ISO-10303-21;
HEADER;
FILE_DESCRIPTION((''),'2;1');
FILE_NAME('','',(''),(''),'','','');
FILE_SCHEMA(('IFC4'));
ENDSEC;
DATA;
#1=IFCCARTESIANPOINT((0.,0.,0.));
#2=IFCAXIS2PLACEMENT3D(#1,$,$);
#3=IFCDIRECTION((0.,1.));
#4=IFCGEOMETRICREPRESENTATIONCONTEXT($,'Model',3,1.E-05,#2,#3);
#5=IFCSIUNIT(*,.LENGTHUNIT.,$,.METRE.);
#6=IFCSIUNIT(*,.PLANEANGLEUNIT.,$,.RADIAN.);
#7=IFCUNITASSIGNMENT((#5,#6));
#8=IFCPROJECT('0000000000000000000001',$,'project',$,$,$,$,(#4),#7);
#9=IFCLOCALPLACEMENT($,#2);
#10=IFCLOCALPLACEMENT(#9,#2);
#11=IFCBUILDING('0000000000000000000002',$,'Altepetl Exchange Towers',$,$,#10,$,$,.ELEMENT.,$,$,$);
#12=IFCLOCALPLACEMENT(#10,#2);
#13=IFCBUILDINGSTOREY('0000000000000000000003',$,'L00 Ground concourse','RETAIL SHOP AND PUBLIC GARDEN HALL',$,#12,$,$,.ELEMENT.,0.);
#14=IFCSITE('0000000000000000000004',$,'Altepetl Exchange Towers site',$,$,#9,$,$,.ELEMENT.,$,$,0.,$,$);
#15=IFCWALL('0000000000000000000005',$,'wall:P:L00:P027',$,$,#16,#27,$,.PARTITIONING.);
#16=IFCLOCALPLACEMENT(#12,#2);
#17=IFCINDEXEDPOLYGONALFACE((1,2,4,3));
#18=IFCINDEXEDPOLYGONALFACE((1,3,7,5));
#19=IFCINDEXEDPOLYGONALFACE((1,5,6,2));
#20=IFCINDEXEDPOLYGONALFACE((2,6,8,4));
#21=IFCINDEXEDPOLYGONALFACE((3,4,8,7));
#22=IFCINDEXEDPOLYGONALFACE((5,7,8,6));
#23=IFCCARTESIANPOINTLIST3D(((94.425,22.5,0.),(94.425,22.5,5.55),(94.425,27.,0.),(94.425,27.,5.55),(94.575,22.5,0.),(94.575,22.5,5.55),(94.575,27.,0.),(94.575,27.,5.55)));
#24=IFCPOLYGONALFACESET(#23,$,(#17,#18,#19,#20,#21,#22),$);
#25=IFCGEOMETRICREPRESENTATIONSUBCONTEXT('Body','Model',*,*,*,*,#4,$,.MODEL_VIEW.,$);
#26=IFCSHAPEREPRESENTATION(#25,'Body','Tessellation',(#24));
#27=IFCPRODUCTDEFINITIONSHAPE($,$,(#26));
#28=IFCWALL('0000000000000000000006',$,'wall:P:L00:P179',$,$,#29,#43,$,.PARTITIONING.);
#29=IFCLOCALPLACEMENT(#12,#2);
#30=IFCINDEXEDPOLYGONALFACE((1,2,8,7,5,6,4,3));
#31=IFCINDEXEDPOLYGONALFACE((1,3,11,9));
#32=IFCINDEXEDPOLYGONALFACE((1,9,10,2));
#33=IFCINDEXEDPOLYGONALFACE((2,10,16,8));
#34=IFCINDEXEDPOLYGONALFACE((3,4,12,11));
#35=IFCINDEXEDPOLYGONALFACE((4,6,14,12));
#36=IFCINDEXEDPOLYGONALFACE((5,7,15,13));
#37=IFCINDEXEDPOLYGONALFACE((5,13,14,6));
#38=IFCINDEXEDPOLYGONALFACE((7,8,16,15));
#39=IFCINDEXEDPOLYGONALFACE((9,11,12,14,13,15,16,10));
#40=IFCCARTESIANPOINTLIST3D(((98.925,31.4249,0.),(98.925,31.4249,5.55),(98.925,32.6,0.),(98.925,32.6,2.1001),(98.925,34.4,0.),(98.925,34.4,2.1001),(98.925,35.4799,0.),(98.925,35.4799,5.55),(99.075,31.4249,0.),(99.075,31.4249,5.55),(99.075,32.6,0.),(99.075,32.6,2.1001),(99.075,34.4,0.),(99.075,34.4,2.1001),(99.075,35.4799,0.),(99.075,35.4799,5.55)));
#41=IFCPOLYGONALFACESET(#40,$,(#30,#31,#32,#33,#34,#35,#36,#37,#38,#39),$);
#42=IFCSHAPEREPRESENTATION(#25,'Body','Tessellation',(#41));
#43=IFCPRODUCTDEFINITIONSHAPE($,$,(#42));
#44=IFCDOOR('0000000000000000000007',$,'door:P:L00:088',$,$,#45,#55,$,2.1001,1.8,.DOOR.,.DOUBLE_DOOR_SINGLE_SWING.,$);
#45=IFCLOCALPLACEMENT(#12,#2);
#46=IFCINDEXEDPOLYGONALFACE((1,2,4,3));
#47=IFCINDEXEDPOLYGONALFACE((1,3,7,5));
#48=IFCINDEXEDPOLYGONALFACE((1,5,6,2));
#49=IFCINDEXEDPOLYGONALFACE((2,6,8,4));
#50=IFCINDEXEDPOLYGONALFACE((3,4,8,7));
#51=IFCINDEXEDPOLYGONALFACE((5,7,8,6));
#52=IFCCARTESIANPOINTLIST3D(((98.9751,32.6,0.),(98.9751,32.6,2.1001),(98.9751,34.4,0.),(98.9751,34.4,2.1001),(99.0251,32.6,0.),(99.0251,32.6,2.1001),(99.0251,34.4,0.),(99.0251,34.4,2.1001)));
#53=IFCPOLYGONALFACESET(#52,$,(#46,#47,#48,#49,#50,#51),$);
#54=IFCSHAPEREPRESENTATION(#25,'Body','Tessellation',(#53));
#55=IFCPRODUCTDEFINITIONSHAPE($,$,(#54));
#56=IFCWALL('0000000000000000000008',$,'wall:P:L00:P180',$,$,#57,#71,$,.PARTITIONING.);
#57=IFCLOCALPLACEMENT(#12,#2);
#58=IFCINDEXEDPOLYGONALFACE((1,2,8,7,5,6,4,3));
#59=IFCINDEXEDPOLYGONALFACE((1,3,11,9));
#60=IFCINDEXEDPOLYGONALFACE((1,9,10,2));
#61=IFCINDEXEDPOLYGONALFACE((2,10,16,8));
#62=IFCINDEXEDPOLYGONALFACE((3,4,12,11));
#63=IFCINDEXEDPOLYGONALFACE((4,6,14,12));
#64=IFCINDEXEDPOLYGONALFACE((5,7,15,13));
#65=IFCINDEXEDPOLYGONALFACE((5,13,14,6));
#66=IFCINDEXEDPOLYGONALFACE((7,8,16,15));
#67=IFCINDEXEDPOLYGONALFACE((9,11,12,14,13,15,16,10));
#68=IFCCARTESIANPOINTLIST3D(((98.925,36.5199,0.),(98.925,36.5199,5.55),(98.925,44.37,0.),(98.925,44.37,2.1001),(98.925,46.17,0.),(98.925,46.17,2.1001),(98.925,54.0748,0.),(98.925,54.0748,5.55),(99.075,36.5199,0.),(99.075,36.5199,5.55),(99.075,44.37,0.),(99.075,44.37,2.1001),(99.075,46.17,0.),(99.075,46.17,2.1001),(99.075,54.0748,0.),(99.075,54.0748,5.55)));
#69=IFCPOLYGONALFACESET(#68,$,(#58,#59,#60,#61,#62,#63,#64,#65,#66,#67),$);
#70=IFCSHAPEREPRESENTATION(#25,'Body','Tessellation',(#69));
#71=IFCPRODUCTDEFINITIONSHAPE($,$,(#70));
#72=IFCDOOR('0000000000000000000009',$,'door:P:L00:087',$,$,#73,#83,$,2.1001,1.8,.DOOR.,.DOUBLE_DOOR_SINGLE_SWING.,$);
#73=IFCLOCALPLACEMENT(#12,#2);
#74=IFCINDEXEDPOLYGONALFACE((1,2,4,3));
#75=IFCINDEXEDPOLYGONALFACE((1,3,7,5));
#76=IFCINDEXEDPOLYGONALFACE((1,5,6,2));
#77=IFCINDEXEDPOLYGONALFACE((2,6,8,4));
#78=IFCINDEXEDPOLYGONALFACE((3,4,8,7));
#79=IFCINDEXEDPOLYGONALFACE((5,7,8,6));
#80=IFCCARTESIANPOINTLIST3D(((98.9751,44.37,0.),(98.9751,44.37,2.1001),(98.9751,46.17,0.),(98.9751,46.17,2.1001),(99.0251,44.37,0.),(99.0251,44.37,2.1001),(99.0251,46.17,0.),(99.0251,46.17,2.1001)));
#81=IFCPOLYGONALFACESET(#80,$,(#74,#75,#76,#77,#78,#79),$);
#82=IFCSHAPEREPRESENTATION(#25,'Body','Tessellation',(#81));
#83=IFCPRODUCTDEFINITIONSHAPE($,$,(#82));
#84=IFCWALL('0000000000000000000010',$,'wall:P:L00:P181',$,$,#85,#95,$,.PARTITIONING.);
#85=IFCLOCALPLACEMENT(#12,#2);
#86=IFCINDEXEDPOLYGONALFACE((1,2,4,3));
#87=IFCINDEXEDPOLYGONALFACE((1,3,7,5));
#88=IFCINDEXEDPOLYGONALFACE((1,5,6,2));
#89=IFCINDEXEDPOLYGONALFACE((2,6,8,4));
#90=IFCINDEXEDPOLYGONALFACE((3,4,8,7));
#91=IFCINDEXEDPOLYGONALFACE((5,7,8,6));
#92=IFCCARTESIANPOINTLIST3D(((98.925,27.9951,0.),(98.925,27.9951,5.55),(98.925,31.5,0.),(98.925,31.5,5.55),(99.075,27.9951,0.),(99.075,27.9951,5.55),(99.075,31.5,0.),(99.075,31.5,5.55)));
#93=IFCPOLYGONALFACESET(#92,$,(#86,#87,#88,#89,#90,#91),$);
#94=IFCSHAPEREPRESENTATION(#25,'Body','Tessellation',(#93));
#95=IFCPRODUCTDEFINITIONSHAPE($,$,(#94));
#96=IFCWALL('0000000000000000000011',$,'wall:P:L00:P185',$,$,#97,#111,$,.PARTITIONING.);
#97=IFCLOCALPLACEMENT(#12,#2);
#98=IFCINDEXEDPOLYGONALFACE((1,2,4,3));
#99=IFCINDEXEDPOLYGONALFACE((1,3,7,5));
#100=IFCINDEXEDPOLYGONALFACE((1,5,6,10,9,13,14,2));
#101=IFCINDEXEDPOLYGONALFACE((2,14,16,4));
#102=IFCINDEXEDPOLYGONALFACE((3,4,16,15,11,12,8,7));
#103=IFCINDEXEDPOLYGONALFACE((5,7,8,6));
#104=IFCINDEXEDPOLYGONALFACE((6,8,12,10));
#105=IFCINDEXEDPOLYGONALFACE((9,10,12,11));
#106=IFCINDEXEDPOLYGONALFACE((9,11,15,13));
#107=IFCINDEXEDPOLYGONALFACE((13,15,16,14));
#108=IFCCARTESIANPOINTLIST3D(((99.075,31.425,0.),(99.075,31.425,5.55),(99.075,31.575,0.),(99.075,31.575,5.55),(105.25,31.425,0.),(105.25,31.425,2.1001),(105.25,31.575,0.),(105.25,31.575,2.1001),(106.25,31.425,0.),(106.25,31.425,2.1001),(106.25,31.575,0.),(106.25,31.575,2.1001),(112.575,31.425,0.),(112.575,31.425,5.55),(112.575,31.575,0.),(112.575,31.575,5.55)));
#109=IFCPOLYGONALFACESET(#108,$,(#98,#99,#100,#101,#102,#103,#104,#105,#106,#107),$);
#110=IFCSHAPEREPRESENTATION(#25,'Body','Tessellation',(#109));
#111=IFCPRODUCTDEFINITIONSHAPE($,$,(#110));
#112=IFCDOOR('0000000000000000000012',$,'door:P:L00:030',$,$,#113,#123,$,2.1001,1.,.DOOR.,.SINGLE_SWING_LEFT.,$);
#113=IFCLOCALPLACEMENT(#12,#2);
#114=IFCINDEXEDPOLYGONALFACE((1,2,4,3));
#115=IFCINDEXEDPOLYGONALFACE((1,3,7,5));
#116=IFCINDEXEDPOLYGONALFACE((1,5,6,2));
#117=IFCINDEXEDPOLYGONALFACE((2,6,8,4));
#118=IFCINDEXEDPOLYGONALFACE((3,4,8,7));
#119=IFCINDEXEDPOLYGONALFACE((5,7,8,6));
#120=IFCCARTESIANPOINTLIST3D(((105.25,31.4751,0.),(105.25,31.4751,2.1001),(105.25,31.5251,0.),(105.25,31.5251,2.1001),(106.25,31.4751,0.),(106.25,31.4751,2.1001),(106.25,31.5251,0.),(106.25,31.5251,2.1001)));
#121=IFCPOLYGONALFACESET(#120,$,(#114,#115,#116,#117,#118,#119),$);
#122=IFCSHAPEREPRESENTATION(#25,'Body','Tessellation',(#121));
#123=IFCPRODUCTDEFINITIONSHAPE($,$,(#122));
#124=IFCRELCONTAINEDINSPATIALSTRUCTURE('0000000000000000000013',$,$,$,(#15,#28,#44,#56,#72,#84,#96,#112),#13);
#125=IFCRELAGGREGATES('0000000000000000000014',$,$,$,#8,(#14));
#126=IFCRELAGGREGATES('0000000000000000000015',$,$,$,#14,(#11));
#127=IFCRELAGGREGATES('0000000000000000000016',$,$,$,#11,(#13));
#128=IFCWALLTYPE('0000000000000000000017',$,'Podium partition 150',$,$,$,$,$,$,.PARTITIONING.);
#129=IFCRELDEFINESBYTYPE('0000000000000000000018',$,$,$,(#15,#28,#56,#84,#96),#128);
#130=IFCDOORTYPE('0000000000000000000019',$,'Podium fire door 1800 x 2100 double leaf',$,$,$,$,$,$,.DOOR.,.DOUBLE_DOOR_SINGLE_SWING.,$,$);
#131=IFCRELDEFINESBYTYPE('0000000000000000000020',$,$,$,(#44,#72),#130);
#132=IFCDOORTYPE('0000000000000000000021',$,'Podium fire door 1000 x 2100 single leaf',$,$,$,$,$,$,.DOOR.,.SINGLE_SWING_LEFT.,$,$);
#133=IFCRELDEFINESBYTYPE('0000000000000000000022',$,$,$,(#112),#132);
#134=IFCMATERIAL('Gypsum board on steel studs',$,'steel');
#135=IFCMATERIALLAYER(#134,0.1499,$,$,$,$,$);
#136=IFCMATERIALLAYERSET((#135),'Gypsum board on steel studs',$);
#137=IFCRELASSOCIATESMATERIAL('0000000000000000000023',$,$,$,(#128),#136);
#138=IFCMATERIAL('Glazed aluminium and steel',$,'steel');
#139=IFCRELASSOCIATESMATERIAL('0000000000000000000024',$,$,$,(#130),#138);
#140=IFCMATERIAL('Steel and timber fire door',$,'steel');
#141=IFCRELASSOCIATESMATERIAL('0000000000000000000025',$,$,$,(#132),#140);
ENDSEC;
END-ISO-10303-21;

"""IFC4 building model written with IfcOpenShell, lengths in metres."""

from ifc_helpers import new_model, si_unit, direction, frame, frame_2d, origin, place, context, subcontext, project, spatial, rectangle, extrude, material, layer, layer_set, type_object, element, fill, save


model = new_model("IFC4")

# Units and contexts
model_context = context("Model", 3, precision=1e-05, world=origin(), true_north=direction((0.0, 1.0)))
body_context = subcontext(model_context, "Body", "Model", "MODEL_VIEW")
ifc_project = project(units=[si_unit("LENGTHUNIT", "METRE"), si_unit("PLANEANGLEUNIT", "RADIAN")], contexts=[model_context])

# Site, building, storey
site_placement = place(None, origin())
site = spatial("IfcSite", under=ifc_project, at=site_placement, Name="Altepetl Exchange Towers site", CompositionType="ELEMENT", RefElevation=0.0)
building_placement = place(site_placement, origin())
building = spatial("IfcBuilding", under=site, at=building_placement, Name="Altepetl Exchange Towers", CompositionType="ELEMENT")
storey_placement = place(building_placement, origin())
storey = spatial("IfcBuildingStorey", under=building, at=storey_placement, Name="L00 Ground concourse", Description="RETAIL SHOP AND PUBLIC GARDEN HALL", CompositionType="ELEMENT", Elevation=0.0)

# Shared definitions
ifc_material_1 = material(Name="Gypsum board on steel studs", Category="steel")
ifc_layer_1 = layer(ifc_material_1, 0.1499)
ifc_layer_set_1 = layer_set([ifc_layer_1], Name="Gypsum board on steel studs")
wall_type_1 = type_object("IfcWallType", Name="Podium partition 150", PredefinedType="PARTITIONING", material=ifc_layer_set_1)
ifc_material_2 = material(Name="Glazed aluminium and steel", Category="steel")
door_type_1 = type_object("IfcDoorType", Name="Podium fire door 1800 x 2100 double leaf", OperationType="DOUBLE_DOOR_SINGLE_SWING", PredefinedType="DOOR", material=ifc_material_2)

# Wall
wall_1_placement = place(storey_placement, frame((94.5, 22.5, 0.0), z_axis=(0.0, 0.0, 1.0), x_axis=(0.0, 1.0, 0.0)))
element("IfcWall", 1, at=wall_1_placement, inside=storey, type_object=wall_type_1, Name="wall:P:L00:P027", PredefinedType="PARTITIONING", context=body_context, shape_type="SweptSolid", body=[
    extrude(rectangle(XDim=4.5, YDim=0.1499, at=frame_2d((2.25, 0.0))), origin(), (0.0, 0.0, 1.0), 5.55),
])

# Walls, openings, doors
wall_2_placement = place(storey_placement, frame((99.0, 31.425, 0.0), z_axis=(0.0, 0.0, 1.0), x_axis=(0.0, 1.0, 0.0)))
wall_2 = element("IfcWall", 2, at=wall_2_placement, inside=storey, type_object=wall_type_1, Name="wall:P:L00:P179", PredefinedType="PARTITIONING", context=body_context, shape_type="SweptSolid", body=[
    extrude(rectangle(XDim=4.0549, YDim=0.1499, at=frame_2d((2.0273, 0.0))), origin(), (0.0, 0.0, 1.0), 5.55),
])
opening_1_placement = place(wall_2_placement, frame((1.175, 0.0, 0.0)))
opening_1 = element("IfcOpeningElement", 3, at=opening_1_placement, cuts=wall_2, PredefinedType="OPENING", context=body_context, shape_type="SweptSolid", body=[
    extrude(rectangle(XDim=1.8, YDim=2.1001, at=frame_2d((0.8999, 1.05))), frame((0.0, 0.085, 0.0), z_axis=(0.0, -1.0, 0.0), x_axis=(1.0, 0.0, 0.0)), (0.0, 0.0, 1.0), 0.1699),
])
door_1_placement = place(opening_1_placement, origin())
door_1 = element("IfcDoor", 4, at=door_1_placement, inside=storey, type_object=door_type_1, Name="door:P:L00:088", OperationType="DOUBLE_DOOR_SINGLE_SWING", OverallHeight=2.1001, OverallWidth=1.8, PredefinedType="DOOR", context=body_context, shape_type="SweptSolid", body=[
    extrude(rectangle(XDim=1.8, YDim=2.1001, at=frame_2d((0.8999, 1.05))), frame((0.0, 0.0249, 0.0), z_axis=(0.0, -1.0, 0.0), x_axis=(1.0, 0.0, 0.0)), (0.0, 0.0, 1.0), 0.05),
])
fill(opening_1, door_1)
wall_3_placement = place(storey_placement, frame((99.0, 36.52, 0.0), z_axis=(0.0, 0.0, 1.0), x_axis=(0.0, 1.0, 0.0)))
wall_3 = element("IfcWall", 5, at=wall_3_placement, inside=storey, type_object=wall_type_1, Name="wall:P:L00:P180", PredefinedType="PARTITIONING", context=body_context, shape_type="SweptSolid", body=[
    extrude(rectangle(XDim=17.5549, YDim=0.1499, at=frame_2d((8.7773, 0.0))), origin(), (0.0, 0.0, 1.0), 5.55),
])
opening_2_placement = place(wall_3_placement, frame((7.8501, 0.0, 0.0)))
opening_2 = element("IfcOpeningElement", 6, at=opening_2_placement, cuts=wall_3, PredefinedType="OPENING", context=body_context, shape_type="SweptSolid", body=[
    extrude(rectangle(XDim=1.8, YDim=2.1001, at=frame_2d((0.8999, 1.05))), frame((0.0, 0.085, 0.0), z_axis=(0.0, -1.0, 0.0), x_axis=(1.0, 0.0, 0.0)), (0.0, 0.0, 1.0), 0.1699),
])
door_2_placement = place(opening_2_placement, origin())
door_2 = element("IfcDoor", 7, at=door_2_placement, inside=storey, type_object=door_type_1, Name="door:P:L00:087", OperationType="DOUBLE_DOOR_SINGLE_SWING", OverallHeight=2.1001, OverallWidth=1.8, PredefinedType="DOOR", context=body_context, shape_type="SweptSolid", body=[
    extrude(rectangle(XDim=1.8, YDim=2.1001, at=frame_2d((0.8999, 1.05))), frame((0.0, 0.0249, 0.0), z_axis=(0.0, -1.0, 0.0), x_axis=(1.0, 0.0, 0.0)), (0.0, 0.0, 1.0), 0.05),
])
fill(opening_2, door_2)

# Wall
wall_4_placement = place(storey_placement, frame((99.0, 27.9951, 0.0), z_axis=(0.0, 0.0, 1.0), x_axis=(0.0, 1.0, 0.0)))
element("IfcWall", 8, at=wall_4_placement, inside=storey, type_object=wall_type_1, Name="wall:P:L00:P181", PredefinedType="PARTITIONING", context=body_context, shape_type="SweptSolid", body=[
    extrude(rectangle(XDim=3.5049, YDim=0.1499, at=frame_2d((1.7524, 0.0))), origin(), (0.0, 0.0, 1.0), 5.55),
])

# Wall, opening, door
wall_5_placement = place(storey_placement, frame((99.075, 31.5, 0.0)))
wall_5 = element("IfcWall", 9, at=wall_5_placement, inside=storey, type_object=wall_type_1, Name="wall:P:L00:P185", PredefinedType="PARTITIONING", context=body_context, shape_type="SweptSolid", body=[
    extrude(rectangle(XDim=13.5, YDim=0.1499, at=frame_2d((6.75, 0.0))), origin(), (0.0, 0.0, 1.0), 5.55),
])
opening_3_placement = place(wall_5_placement, frame((6.175, 0.0, 0.0)))
opening_3 = element("IfcOpeningElement", 10, at=opening_3_placement, cuts=wall_5, PredefinedType="OPENING", context=body_context, shape_type="SweptSolid", body=[
    extrude(rectangle(XDim=1.0, YDim=2.1001, at=frame_2d((0.5, 1.05))), frame((0.0, 0.085, 0.0), z_axis=(0.0, -1.0, 0.0), x_axis=(1.0, 0.0, 0.0)), (0.0, 0.0, 1.0), 0.1699),
])
ifc_material_3 = material(Name="Steel and timber fire door", Category="steel")
door_type_2 = type_object("IfcDoorType", Name="Podium fire door 1000 x 2100 single leaf", OperationType="SINGLE_SWING_LEFT", PredefinedType="DOOR", material=ifc_material_3)
door_3_placement = place(opening_3_placement, frame((1.0, 0.0, 0.0), x_axis=(-1.0, 0.0, 0.0)))
door_3 = element("IfcDoor", 11, at=door_3_placement, inside=storey, type_object=door_type_2, Name="door:P:L00:030", OperationType="SINGLE_SWING_LEFT", OverallHeight=2.1001, OverallWidth=1.0, PredefinedType="DOOR", context=body_context, shape_type="SweptSolid", body=[
    extrude(rectangle(XDim=1.0, YDim=2.1001, at=frame_2d((0.5, 1.05))), frame((0.0, 0.0249, 0.0), z_axis=(0.0, -1.0, 0.0), x_axis=(1.0, 0.0, 0.0)), (0.0, 0.0, 1.0), 0.05),
])
fill(opening_3, door_3)

save(model, "model.ifc")
